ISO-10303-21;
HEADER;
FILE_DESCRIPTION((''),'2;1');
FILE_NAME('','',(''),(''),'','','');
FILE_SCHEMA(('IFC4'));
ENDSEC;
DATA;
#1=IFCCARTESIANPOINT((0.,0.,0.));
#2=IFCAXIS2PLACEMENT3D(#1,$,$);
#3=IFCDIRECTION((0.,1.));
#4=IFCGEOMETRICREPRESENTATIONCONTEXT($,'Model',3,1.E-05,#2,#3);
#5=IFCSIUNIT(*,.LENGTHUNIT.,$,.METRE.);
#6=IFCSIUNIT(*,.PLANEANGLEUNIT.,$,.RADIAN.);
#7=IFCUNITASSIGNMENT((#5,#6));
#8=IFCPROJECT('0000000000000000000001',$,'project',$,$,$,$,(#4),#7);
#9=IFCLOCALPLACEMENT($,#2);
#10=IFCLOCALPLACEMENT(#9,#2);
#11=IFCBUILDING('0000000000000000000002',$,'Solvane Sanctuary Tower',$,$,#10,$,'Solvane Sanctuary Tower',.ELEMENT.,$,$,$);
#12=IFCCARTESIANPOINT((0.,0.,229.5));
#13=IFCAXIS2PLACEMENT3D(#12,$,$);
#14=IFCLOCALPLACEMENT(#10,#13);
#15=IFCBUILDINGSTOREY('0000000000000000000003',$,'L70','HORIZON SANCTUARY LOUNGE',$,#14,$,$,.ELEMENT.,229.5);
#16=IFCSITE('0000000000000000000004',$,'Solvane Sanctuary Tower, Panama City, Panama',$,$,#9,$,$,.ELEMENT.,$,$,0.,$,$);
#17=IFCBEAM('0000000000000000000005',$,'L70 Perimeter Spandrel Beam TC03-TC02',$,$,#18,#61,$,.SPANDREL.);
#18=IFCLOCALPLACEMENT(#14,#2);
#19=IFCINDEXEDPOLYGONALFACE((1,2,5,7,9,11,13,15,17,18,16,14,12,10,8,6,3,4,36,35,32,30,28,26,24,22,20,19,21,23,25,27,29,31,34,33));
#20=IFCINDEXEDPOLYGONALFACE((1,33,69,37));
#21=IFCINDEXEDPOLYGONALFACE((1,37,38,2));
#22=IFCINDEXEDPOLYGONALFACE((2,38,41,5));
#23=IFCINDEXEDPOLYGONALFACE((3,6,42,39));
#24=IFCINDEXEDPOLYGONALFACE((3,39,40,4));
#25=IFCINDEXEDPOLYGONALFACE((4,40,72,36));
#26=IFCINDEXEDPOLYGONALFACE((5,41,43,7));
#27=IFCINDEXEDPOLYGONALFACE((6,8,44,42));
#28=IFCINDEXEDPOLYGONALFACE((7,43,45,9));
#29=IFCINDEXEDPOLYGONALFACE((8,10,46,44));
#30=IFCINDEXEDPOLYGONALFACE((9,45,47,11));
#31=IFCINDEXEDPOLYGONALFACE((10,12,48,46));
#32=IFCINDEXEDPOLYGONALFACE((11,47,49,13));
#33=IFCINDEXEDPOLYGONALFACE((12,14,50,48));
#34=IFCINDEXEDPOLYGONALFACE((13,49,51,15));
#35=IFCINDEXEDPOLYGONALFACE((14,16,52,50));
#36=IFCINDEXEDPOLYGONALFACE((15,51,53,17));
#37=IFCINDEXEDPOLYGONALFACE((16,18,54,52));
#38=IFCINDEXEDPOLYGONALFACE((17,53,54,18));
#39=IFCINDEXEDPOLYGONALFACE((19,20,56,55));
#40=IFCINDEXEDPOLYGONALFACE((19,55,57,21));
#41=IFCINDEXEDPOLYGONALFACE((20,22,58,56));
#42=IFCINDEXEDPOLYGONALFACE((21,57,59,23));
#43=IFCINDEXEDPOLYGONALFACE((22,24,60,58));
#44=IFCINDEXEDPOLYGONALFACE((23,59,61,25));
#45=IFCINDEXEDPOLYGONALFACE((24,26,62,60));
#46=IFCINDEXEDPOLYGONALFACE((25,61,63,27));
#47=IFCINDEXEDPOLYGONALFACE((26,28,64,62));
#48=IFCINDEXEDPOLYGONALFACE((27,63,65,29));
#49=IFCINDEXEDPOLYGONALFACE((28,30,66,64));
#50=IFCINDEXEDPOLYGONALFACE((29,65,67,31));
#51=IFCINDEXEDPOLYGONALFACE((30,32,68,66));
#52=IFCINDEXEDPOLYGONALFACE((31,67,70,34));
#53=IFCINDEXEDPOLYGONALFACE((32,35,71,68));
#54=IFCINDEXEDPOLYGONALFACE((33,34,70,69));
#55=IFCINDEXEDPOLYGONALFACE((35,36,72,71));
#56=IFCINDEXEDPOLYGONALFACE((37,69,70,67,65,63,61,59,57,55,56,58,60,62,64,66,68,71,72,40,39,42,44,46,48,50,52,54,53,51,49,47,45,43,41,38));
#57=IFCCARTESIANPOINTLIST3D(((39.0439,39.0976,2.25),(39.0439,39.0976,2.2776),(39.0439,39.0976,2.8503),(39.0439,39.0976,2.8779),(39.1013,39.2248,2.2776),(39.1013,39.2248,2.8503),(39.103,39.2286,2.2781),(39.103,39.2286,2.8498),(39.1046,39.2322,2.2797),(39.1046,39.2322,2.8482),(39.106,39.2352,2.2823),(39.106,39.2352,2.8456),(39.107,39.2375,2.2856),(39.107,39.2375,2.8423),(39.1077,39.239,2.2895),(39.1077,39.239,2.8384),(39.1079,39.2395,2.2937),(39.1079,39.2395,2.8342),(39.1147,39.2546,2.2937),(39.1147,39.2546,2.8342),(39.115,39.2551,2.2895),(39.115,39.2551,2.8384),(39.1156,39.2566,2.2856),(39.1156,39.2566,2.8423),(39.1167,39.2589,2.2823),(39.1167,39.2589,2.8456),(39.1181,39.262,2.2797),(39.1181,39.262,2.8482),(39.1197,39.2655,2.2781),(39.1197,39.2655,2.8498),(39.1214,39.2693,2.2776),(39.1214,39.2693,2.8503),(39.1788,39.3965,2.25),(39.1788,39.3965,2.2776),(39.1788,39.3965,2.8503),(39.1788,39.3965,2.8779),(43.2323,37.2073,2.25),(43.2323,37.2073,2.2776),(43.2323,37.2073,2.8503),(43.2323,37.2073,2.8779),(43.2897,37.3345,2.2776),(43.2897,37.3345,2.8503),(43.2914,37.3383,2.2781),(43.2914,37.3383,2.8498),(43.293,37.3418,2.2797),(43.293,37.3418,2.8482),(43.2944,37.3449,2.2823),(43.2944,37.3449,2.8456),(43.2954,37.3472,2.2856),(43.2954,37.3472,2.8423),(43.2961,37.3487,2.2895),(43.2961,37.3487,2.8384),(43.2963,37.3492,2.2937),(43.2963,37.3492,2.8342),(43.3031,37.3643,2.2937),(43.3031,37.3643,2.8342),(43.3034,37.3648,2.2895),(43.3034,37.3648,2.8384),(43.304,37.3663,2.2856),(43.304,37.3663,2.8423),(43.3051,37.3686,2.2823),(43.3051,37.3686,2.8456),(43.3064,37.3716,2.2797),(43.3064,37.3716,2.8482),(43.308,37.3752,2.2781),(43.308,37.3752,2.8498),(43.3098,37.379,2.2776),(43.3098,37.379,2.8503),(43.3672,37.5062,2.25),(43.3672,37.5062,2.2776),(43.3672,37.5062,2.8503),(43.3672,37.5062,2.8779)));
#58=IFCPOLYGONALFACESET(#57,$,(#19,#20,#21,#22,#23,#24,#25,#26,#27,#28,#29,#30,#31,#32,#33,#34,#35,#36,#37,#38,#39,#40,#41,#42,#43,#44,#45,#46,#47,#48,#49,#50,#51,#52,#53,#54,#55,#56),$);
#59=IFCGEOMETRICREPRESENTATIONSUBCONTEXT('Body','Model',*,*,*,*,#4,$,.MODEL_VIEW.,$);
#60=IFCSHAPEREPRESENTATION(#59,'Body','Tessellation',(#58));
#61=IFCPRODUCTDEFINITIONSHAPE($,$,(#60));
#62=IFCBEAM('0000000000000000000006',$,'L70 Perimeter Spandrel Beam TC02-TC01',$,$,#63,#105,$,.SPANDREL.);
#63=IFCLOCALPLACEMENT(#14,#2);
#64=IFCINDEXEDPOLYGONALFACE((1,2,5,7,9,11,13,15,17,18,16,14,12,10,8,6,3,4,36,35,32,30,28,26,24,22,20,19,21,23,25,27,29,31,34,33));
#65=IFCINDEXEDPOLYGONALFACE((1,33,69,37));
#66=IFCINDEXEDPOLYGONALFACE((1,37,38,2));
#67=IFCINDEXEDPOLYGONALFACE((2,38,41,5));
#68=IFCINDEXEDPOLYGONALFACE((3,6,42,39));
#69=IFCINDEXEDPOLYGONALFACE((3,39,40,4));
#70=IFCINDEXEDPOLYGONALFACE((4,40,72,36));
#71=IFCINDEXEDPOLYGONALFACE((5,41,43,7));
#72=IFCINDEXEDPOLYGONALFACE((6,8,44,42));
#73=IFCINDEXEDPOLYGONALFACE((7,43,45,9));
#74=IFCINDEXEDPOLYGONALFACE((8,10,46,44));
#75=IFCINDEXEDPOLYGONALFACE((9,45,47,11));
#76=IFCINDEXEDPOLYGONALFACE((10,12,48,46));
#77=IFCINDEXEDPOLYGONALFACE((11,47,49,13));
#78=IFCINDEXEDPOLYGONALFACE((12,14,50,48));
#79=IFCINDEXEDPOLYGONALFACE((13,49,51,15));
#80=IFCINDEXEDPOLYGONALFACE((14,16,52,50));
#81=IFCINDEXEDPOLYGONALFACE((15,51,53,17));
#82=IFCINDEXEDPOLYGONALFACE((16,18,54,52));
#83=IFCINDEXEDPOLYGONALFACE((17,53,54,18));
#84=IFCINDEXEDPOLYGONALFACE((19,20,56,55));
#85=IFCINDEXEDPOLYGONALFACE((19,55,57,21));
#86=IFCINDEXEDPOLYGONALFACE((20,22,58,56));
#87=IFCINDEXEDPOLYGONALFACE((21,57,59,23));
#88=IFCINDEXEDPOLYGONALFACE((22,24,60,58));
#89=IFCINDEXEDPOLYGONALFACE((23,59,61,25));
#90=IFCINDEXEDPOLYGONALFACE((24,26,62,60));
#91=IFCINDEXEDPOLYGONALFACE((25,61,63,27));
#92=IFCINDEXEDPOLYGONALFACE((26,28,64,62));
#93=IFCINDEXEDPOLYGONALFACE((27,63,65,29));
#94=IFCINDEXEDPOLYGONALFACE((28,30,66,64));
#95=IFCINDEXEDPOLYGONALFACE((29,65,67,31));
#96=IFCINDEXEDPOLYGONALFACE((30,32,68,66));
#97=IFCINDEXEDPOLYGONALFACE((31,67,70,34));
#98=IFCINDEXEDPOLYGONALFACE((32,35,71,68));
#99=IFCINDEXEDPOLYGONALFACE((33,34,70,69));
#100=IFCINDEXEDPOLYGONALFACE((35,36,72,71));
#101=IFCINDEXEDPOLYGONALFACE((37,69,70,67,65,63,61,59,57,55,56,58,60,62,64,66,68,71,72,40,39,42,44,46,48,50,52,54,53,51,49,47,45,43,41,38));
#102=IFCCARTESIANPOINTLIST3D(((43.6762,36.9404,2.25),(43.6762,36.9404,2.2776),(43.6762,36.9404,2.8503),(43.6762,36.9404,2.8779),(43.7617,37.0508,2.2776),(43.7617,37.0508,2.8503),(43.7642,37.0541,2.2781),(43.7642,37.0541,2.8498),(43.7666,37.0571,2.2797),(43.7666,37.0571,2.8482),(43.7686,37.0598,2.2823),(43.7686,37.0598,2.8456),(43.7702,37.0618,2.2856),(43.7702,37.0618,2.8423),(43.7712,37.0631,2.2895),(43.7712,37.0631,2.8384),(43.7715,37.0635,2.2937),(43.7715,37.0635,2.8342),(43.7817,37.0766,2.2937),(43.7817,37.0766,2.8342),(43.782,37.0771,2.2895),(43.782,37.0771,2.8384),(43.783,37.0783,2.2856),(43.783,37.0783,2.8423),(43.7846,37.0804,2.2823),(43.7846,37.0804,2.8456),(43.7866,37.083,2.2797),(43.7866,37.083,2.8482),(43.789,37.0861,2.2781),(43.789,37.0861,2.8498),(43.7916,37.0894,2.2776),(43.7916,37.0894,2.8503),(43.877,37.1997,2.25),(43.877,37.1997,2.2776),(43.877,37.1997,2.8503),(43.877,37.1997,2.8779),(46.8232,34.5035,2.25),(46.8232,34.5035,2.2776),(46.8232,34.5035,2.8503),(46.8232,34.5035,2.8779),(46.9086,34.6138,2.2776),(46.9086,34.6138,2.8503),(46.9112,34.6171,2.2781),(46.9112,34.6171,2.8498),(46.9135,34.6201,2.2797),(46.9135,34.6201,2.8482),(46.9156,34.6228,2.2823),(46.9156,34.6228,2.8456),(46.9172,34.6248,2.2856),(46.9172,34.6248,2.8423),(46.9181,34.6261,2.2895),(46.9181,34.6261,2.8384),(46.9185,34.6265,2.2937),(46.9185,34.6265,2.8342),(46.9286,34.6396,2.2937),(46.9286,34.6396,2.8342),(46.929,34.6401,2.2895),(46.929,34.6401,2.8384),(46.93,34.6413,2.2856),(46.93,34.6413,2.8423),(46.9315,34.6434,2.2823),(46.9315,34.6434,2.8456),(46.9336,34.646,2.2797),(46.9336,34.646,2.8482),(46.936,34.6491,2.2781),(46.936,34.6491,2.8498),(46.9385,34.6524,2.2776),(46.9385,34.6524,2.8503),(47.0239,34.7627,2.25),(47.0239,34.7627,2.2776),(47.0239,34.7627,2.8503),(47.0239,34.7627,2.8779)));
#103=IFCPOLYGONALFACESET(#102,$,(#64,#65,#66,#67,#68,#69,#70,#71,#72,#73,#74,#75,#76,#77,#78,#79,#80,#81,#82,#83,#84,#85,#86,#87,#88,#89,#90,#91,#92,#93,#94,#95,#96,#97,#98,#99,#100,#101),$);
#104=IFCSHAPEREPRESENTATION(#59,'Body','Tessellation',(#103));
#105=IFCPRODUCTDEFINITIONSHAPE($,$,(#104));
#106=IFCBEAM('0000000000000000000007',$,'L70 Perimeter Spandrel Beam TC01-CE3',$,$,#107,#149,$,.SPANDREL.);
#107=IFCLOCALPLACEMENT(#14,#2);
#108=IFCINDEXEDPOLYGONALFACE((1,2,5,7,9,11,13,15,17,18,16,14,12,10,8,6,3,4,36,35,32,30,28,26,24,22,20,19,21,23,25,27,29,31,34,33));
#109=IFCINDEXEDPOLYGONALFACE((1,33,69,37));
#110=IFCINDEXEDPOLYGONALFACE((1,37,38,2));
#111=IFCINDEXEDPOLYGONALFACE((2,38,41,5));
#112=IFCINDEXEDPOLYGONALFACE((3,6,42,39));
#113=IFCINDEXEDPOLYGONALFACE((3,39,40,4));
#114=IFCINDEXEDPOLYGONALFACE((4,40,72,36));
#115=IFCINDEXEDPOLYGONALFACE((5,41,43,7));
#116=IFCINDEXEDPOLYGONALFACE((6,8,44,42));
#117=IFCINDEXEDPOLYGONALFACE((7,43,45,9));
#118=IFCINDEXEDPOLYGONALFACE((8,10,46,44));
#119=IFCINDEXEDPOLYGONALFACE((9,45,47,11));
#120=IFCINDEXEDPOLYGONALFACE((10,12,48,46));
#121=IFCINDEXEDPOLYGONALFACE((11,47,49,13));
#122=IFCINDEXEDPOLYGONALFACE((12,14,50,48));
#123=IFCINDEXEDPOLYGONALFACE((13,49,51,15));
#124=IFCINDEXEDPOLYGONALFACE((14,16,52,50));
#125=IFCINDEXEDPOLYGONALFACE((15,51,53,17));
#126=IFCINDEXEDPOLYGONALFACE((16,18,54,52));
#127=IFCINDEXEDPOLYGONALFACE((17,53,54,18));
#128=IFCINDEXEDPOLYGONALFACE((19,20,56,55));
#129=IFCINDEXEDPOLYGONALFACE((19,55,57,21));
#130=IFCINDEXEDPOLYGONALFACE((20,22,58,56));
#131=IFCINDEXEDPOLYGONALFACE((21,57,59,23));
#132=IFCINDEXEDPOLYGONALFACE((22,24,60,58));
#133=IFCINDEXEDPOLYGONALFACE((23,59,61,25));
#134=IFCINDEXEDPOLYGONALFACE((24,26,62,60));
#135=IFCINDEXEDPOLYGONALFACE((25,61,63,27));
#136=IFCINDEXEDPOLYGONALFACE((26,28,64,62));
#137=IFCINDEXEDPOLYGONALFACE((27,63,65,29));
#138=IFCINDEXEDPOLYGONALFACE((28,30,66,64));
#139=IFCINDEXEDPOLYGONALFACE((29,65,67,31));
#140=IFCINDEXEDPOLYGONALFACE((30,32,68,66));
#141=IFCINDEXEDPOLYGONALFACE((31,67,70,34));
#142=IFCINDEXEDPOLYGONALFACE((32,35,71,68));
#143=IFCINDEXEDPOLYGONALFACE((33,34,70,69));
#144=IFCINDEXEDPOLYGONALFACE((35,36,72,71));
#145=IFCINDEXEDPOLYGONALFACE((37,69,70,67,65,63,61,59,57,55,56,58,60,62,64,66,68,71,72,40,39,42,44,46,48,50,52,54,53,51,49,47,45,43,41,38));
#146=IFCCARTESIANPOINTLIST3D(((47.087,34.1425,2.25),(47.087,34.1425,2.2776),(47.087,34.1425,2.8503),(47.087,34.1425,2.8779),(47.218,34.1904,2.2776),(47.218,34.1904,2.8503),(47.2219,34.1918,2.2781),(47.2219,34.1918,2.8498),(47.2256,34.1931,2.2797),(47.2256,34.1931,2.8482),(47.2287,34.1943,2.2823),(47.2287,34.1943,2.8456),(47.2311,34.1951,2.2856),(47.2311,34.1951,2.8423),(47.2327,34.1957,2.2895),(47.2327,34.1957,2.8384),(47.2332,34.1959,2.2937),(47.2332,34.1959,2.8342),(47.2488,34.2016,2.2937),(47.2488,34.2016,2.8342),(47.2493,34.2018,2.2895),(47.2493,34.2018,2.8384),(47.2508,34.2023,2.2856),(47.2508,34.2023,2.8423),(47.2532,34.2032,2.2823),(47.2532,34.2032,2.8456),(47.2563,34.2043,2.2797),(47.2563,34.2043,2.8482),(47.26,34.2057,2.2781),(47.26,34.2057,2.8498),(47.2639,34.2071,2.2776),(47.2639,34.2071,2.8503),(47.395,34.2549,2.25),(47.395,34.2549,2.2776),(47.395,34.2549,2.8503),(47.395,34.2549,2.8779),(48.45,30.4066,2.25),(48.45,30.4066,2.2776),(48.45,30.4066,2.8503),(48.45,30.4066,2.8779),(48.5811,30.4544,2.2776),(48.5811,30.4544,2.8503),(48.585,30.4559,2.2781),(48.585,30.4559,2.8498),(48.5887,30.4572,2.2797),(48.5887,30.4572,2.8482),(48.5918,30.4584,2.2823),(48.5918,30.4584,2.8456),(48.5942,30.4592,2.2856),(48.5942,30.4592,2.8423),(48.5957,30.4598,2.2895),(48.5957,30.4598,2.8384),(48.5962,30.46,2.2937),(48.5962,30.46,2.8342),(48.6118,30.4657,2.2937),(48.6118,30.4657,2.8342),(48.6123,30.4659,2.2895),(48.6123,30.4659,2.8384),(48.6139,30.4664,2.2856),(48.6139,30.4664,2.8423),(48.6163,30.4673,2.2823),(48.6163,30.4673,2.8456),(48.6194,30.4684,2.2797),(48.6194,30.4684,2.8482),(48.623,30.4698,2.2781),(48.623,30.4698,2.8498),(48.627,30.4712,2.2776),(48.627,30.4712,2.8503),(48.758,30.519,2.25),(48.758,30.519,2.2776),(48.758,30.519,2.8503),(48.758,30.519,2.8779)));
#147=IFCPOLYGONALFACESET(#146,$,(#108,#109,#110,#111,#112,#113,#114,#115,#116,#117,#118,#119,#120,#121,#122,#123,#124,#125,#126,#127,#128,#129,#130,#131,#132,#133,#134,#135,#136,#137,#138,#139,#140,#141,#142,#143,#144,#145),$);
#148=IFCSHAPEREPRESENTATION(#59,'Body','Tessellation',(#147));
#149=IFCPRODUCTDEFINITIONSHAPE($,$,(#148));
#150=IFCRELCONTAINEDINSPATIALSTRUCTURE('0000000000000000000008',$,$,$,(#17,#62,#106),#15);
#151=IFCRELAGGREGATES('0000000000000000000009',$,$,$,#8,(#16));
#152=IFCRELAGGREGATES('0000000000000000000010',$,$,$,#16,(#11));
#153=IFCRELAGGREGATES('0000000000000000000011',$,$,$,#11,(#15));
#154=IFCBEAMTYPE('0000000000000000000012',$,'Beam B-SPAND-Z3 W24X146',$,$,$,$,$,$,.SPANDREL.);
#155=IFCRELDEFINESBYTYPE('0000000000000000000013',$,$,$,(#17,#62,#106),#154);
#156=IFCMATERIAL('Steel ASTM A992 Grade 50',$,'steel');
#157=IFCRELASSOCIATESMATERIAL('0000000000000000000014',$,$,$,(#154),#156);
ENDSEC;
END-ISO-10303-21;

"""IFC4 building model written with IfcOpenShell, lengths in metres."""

from ifc_helpers import new_model, si_unit, direction, frame, origin, origin_2d, place, context, subcontext, project, spatial, i_section, extrude, material, material_profile, profile_set, type_object, element, save


model = new_model("IFC4")

# Units and contexts
model_context = context("Model", 3, precision=1e-05, world=origin(), true_north=direction((0.0, 1.0)))
body_context = subcontext(model_context, "Body", "Model", "MODEL_VIEW")
ifc_project = project(units=[si_unit("LENGTHUNIT", "METRE"), si_unit("PLANEANGLEUNIT", "RADIAN")], contexts=[model_context])

# Site, building, storey
site_placement = place(None, origin())
site = spatial("IfcSite", under=ifc_project, at=site_placement, Name="Solvane Sanctuary Tower, Panama City, Panama", CompositionType="ELEMENT", RefElevation=0.0)
building_placement = place(site_placement, origin())
building = spatial("IfcBuilding", under=site, at=building_placement, Name="Solvane Sanctuary Tower", LongName="Solvane Sanctuary Tower", CompositionType="ELEMENT")
storey_placement = place(building_placement, frame((0.0, 0.0, 229.5)))
storey = spatial("IfcBuildingStorey", under=building, at=storey_placement, Name="L70", Description="HORIZON SANCTUARY LOUNGE", CompositionType="ELEMENT", Elevation=229.5)

# Beams
ifc_material_1 = material(Name="Steel ASTM A992 Grade 50", Category="steel")
ifc_material_profile_1 = material_profile(ifc_material_1, i_section(OverallWidth=0.3279, OverallDepth=0.6279, WebThickness=0.0166, FlangeThickness=0.0276, FilletRadius=0.0161, at=origin_2d()), Name="W24X146")
ifc_profile_set_1 = profile_set([ifc_material_profile_1], Name="Steel ASTM A992 Grade 50")
beam_type_1 = type_object("IfcBeamType", Name="Beam B-SPAND-Z3 W24X146", PredefinedType="SPANDREL", material=ifc_profile_set_1)
beam_1_placement = place(storey_placement, frame((39.1113, 39.2471, 2.564), z_axis=(0.911468, -0.411372, 0.0), x_axis=(0.411372, 0.911468, 0.0)))
element("IfcBeam", 1, at=beam_1_placement, inside=storey, type_object=beam_type_1, Name="L70 Perimeter Spandrel Beam TC03-TC02", PredefinedType="SPANDREL", context=body_context, shape_type="SweptSolid", body=[
    extrude(i_section(OverallWidth=0.3279, OverallDepth=0.6279, WebThickness=0.0166, FlangeThickness=0.0276, FilletRadius=0.0161, at=origin_2d()), origin(), (0.0, 0.0, 1.0), 4.5952),
])
beam_2_placement = place(storey_placement, frame((43.7766, 37.0701, 2.564), z_axis=(0.790645, -0.612275, 0.0), x_axis=(0.612275, 0.790645, 0.0)))
element("IfcBeam", 2, at=beam_2_placement, inside=storey, type_object=beam_type_1, Name="L70 Perimeter Spandrel Beam TC02-TC01", PredefinedType="SPANDREL", context=body_context, shape_type="SweptSolid", body=[
    extrude(i_section(OverallWidth=0.3279, OverallDepth=0.6279, WebThickness=0.0166, FlangeThickness=0.0276, FilletRadius=0.0161, at=origin_2d()), origin(), (0.0, 0.0, 1.0), 3.9802),
])
beam_3_placement = place(storey_placement, frame((47.241, 34.1987, 2.564), z_axis=(0.342753, -0.939425, 0.0), x_axis=(0.939425, 0.342753, 0.0)))
element("IfcBeam", 3, at=beam_3_placement, inside=storey, type_object=beam_type_1, Name="L70 Perimeter Spandrel Beam TC01-CE3", PredefinedType="SPANDREL", context=body_context, shape_type="SweptSolid", body=[
    extrude(i_section(OverallWidth=0.3279, OverallDepth=0.6279, WebThickness=0.0166, FlangeThickness=0.0276, FilletRadius=0.0161, at=origin_2d()), origin(), (0.0, 0.0, 1.0), 3.9768),
])

save(model, "model.ifc")
